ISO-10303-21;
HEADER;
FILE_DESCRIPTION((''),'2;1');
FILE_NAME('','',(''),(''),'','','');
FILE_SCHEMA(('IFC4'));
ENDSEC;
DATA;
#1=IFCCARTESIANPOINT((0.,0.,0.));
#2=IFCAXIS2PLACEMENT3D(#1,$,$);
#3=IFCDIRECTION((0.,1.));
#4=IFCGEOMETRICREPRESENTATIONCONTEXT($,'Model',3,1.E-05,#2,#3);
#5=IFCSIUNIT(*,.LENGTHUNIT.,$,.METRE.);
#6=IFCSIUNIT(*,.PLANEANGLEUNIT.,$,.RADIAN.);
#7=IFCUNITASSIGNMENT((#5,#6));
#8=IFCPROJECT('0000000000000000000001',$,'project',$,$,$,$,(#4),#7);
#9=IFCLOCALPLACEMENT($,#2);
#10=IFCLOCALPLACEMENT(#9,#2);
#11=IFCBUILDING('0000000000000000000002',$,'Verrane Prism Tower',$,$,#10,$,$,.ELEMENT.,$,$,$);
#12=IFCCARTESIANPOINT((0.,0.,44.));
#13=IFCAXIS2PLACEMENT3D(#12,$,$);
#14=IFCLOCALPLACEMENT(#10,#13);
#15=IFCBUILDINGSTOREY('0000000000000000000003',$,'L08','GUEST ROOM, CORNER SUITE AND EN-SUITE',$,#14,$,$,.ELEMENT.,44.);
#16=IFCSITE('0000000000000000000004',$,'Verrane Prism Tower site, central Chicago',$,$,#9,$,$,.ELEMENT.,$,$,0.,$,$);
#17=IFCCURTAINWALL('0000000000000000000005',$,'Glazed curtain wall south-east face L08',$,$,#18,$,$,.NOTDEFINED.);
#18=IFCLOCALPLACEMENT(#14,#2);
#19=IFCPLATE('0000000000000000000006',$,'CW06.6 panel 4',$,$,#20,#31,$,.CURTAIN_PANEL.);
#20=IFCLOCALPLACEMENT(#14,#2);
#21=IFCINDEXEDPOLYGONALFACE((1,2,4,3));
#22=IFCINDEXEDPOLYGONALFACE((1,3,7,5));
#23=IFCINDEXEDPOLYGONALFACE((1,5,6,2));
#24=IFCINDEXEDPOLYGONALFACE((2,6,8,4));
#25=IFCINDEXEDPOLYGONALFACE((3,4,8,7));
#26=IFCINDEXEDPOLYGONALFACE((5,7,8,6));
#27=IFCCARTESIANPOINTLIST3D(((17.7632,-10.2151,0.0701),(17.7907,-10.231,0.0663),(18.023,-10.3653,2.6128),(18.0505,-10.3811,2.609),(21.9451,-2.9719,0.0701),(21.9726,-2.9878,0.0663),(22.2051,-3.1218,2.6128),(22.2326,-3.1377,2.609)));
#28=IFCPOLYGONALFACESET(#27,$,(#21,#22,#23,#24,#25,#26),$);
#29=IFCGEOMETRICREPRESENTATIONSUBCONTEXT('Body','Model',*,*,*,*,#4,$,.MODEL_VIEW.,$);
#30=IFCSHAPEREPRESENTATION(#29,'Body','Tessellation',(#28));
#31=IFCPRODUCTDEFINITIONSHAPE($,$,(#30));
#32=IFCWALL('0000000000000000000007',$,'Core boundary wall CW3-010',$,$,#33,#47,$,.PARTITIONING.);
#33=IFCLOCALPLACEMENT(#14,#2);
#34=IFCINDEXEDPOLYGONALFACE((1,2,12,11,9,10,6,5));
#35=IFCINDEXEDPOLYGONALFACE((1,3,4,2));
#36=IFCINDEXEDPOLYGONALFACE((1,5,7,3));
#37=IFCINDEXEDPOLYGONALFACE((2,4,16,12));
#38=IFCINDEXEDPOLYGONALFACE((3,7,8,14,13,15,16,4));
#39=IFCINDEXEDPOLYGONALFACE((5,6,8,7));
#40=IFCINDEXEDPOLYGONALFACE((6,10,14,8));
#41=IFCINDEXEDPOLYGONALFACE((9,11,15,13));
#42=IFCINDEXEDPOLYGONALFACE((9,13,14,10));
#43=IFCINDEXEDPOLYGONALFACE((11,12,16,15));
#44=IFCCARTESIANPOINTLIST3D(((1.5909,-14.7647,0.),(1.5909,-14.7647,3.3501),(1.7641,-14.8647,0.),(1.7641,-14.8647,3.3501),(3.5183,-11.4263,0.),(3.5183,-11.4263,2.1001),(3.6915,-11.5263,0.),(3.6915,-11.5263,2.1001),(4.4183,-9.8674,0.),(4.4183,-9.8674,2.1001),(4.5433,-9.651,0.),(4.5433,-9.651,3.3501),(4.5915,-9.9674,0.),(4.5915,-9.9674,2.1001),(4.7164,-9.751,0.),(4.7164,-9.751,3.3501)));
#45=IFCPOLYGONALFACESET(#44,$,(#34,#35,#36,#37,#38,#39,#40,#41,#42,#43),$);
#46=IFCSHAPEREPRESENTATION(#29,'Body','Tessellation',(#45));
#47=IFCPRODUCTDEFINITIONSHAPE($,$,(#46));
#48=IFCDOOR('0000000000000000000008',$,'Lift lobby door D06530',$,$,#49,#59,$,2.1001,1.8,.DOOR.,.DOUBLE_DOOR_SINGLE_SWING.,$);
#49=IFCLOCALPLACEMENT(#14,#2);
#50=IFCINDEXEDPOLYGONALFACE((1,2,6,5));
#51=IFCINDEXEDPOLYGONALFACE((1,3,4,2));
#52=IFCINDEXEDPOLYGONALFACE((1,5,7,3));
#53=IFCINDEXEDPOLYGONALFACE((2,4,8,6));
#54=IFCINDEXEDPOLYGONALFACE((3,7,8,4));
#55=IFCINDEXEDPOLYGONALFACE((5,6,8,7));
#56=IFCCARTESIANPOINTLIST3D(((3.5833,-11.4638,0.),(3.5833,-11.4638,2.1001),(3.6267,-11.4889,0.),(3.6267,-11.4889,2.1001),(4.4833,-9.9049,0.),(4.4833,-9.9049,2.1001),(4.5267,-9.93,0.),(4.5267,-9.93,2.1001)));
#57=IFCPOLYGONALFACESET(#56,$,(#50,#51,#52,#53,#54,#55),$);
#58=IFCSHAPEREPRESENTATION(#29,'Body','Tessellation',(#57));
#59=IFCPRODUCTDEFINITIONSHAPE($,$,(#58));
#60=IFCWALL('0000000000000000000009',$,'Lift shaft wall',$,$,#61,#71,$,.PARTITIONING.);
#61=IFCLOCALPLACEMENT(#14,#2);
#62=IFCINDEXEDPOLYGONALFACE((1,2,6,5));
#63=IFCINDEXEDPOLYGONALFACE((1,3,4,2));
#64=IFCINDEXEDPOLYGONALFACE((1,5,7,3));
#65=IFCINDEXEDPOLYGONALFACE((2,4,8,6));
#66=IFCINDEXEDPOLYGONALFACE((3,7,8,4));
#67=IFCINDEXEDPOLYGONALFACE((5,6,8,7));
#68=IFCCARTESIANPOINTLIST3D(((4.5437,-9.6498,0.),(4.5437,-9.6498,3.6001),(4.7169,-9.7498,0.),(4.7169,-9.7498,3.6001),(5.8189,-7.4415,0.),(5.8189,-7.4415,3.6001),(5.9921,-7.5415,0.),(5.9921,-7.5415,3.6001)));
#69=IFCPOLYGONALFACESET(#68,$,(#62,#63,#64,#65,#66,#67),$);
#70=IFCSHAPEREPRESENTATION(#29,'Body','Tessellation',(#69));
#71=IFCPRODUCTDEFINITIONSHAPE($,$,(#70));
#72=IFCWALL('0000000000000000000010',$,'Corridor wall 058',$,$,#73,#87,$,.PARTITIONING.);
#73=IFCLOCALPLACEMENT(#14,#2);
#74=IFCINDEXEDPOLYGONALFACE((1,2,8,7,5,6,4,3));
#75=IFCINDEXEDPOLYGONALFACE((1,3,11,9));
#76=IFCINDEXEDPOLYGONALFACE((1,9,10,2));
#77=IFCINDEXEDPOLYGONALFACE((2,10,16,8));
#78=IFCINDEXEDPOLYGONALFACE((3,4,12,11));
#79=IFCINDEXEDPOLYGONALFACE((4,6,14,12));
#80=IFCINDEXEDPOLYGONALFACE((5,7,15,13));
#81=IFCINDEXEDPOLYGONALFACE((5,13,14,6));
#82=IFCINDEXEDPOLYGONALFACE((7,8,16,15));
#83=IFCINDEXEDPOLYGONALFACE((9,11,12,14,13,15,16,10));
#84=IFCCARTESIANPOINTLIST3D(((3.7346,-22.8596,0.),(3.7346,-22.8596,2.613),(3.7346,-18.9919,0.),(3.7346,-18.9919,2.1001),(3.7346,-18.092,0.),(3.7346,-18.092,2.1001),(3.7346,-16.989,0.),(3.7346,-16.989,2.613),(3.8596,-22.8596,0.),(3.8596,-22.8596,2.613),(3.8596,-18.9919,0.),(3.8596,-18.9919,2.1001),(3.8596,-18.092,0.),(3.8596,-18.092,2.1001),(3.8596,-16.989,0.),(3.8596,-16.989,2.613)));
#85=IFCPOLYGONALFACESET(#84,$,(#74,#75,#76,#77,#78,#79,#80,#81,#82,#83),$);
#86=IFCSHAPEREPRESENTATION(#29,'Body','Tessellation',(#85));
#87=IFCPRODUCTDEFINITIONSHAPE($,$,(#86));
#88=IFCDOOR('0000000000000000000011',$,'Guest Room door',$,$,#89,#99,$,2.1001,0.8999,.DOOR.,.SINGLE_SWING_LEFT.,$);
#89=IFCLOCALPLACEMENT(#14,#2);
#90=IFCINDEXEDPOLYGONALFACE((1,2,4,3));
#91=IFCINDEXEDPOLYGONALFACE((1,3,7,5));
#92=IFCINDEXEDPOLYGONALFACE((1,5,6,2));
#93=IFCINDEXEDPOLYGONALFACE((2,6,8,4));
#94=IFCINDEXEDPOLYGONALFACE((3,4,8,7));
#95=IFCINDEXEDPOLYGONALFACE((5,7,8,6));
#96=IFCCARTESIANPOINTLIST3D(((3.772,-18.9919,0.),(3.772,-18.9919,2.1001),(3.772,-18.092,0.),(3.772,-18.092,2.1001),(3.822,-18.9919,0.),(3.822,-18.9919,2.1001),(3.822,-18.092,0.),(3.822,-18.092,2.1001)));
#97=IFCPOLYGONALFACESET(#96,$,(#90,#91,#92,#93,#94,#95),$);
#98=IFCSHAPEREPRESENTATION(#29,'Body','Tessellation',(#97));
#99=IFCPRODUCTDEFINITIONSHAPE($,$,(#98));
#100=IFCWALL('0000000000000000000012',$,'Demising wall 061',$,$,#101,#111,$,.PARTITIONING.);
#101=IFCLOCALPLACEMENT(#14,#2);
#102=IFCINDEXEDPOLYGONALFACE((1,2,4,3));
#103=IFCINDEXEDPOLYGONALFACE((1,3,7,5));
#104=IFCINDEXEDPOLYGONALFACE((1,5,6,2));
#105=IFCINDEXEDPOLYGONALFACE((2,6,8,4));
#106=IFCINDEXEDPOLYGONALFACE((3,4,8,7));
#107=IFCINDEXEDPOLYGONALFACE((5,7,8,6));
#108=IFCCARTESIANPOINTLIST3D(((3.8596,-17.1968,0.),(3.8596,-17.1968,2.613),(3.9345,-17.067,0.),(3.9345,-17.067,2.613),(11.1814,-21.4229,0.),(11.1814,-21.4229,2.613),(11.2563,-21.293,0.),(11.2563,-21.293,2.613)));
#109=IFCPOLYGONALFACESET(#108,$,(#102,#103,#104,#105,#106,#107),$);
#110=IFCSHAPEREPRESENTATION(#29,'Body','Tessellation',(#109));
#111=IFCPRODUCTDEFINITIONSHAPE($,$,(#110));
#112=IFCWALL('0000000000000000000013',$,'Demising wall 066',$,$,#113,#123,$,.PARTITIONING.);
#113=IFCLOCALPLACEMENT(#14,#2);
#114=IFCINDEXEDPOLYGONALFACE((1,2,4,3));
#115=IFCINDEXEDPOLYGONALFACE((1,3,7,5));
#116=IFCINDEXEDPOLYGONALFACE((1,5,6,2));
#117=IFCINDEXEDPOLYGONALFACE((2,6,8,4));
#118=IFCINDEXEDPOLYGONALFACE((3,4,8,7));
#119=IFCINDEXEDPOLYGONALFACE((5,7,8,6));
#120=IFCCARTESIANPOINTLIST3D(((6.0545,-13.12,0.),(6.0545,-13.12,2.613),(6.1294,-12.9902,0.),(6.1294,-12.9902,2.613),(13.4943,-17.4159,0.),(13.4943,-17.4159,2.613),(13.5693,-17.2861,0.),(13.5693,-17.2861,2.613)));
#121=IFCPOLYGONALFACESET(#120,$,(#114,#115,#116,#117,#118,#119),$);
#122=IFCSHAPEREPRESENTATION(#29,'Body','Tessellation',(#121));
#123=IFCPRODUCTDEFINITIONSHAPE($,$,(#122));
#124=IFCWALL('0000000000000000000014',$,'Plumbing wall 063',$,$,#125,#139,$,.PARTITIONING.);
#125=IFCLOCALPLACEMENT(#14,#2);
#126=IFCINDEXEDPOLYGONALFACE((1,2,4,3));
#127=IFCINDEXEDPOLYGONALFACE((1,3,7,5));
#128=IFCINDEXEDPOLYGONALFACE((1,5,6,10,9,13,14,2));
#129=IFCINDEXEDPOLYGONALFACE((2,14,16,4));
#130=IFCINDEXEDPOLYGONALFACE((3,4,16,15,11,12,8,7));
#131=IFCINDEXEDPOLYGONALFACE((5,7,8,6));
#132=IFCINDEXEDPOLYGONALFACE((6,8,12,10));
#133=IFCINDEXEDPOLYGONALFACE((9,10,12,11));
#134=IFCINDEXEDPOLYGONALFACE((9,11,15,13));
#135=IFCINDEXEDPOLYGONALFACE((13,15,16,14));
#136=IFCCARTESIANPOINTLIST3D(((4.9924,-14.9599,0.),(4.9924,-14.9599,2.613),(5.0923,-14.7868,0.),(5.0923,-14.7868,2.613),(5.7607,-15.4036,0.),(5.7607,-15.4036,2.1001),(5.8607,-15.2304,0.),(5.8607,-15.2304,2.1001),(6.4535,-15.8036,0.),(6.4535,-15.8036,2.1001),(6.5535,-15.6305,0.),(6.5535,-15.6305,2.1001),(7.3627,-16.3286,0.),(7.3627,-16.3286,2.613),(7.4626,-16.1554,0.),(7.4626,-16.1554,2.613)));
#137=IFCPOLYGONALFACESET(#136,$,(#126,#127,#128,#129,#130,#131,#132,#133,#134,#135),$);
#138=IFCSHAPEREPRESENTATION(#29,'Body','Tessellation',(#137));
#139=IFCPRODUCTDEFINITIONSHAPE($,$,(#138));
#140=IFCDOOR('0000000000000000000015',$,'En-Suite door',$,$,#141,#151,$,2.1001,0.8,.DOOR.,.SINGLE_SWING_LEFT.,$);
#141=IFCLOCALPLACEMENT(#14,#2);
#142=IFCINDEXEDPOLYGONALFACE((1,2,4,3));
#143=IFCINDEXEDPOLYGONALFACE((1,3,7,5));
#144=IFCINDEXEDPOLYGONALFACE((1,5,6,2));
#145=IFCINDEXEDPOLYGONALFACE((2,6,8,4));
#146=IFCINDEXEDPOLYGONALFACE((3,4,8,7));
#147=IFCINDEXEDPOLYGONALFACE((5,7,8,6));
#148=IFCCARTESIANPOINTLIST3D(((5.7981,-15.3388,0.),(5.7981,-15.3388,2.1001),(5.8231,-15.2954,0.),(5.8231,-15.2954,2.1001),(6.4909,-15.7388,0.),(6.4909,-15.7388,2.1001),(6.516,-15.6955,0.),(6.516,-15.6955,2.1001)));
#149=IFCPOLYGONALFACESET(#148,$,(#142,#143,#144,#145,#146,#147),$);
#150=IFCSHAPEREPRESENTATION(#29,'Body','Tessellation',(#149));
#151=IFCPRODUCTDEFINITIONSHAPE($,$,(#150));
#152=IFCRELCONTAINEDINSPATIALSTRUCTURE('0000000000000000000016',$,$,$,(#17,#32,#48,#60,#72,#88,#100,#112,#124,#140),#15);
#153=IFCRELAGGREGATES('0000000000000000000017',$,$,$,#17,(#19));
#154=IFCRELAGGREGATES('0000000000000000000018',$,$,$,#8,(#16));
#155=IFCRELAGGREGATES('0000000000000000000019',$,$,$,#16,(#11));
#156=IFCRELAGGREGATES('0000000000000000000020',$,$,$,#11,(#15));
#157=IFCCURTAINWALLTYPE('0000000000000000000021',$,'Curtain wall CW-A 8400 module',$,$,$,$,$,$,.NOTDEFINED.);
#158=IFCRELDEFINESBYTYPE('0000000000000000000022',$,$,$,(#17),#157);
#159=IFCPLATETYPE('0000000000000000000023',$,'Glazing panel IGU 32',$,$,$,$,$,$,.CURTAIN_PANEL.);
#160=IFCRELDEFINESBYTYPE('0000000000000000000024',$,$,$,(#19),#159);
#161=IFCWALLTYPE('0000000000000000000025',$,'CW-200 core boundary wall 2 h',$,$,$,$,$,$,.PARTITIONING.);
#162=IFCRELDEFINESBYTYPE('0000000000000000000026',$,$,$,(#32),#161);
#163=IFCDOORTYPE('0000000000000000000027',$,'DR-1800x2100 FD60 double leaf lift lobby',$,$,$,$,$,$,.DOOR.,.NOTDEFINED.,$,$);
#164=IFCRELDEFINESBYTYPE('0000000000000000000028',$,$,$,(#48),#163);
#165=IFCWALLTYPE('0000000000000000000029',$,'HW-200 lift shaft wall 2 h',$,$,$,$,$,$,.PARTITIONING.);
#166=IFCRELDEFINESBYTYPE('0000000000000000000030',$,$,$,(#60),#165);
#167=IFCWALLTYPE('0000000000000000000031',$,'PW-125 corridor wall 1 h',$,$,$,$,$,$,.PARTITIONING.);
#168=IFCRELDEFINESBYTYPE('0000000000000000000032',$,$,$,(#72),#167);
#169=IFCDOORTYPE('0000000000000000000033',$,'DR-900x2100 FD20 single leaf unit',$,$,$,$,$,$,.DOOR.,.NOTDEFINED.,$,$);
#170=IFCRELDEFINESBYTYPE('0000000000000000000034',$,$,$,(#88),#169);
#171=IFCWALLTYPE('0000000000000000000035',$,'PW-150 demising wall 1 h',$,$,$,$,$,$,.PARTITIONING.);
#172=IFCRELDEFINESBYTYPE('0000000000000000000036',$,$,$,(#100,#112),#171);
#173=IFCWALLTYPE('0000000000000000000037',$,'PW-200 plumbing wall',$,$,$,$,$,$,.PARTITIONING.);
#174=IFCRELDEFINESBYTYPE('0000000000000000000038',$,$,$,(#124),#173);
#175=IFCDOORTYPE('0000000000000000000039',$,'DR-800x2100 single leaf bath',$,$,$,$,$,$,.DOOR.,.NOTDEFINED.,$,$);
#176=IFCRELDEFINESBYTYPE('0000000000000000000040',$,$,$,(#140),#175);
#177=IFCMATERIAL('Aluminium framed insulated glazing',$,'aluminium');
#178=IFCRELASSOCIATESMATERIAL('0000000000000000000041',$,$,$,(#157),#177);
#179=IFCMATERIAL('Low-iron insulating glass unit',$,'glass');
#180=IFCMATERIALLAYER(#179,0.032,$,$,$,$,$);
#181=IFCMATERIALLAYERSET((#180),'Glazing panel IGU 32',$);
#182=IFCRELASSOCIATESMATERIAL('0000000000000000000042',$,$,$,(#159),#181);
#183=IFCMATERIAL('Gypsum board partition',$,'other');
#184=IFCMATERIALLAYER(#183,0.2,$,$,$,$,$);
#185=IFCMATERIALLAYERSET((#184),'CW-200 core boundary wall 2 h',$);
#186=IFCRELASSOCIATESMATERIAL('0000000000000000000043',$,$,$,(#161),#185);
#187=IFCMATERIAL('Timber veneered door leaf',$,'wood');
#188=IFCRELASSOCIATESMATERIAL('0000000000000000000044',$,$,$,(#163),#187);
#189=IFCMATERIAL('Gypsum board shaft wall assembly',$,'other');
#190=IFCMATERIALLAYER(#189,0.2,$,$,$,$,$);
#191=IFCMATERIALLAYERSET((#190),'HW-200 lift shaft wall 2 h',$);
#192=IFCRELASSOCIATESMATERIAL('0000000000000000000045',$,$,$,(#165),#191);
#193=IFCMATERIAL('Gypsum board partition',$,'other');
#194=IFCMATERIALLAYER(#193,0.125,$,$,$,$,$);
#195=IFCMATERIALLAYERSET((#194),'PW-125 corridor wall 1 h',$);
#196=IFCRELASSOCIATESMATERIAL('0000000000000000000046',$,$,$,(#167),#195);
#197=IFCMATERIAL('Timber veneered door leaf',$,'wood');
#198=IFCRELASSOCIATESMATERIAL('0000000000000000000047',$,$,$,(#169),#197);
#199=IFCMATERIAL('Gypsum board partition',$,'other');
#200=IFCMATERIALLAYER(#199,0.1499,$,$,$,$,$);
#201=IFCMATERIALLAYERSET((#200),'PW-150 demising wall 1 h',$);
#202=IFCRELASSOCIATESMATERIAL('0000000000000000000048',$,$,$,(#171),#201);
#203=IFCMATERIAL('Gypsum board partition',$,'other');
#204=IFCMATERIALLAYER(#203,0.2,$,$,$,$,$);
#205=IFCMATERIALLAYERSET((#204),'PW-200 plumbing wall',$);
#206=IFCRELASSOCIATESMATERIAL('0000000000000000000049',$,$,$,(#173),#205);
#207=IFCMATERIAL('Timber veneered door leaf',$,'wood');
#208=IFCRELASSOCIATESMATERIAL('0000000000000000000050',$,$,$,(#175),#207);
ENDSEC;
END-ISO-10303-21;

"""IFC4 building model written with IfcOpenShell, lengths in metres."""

from ifc_helpers import new_model, si_unit, direction, frame, frame_2d, origin, place, context, subcontext, project, spatial, polyline, rectangle, outline, extrude, material, layer, layer_set, type_object, element, fill, aggregate, save


model = new_model("IFC4")

# Units and contexts
model_context = context("Model", 3, precision=1e-05, world=origin(), true_north=direction((0.0, 1.0)))
body_context = subcontext(model_context, "Body", "Model", "MODEL_VIEW")
ifc_project = project(units=[si_unit("LENGTHUNIT", "METRE"), si_unit("PLANEANGLEUNIT", "RADIAN")], contexts=[model_context])

# Site, building, storey
site_placement = place(None, origin())
site = spatial("IfcSite", under=ifc_project, at=site_placement, Name="Verrane Prism Tower site, central Chicago", CompositionType="ELEMENT", RefElevation=0.0)
building_placement = place(site_placement, origin())
building = spatial("IfcBuilding", under=site, at=building_placement, Name="Verrane Prism Tower", CompositionType="ELEMENT")
storey_placement = place(building_placement, frame((0.0, 0.0, 44.0)))
storey = spatial("IfcBuildingStorey", under=building, at=storey_placement, Name="L08", Description="GUEST ROOM, CORNER SUITE AND EN-SUITE", CompositionType="ELEMENT", Elevation=44.0)

# Curtain wall
ifc_material_1 = material(Name="Aluminium framed insulated glazing", Category="aluminium")
curtain_wall_type = type_object("IfcCurtainWallType", Name="Curtain wall CW-A 8400 module", PredefinedType="NOTDEFINED", material=ifc_material_1)
curtain_wall_placement = place(storey_placement, origin())
curtain_wall = element("IfcCurtainWall", 1, at=curtain_wall_placement, inside=storey, type_object=curtain_wall_type, Name="Glazed curtain wall south-east face L08", PredefinedType="NOTDEFINED")

# Plate
ifc_material_2 = material(Name="Low-iron insulating glass unit", Category="glass")
ifc_layer_1 = layer(ifc_material_2, 0.032)
ifc_layer_set_1 = layer_set([ifc_layer_1], Name="Glazing panel IGU 32")
plate_type = type_object("IfcPlateType", Name="Glazing panel IGU 32", PredefinedType="CURTAIN_PANEL", material=ifc_layer_set_1)
plate_1_placement = place(storey_placement, frame((17.7632, -10.2151, 0.0701), z_axis=(-0.860052, 0.496562, 0.117202), x_axis=(0.500008, 0.866021, -0.000001)))
plate_1 = element("IfcPlate", 2, at=plate_1_placement, type_object=plate_type, Name="CW06.6 panel 4", PredefinedType="CURTAIN_PANEL", context=body_context, shape_type="SweptSolid", body=[
    extrude(outline(polyline([(0.0, 0.0), (8.3637, 0.0), (8.3639, -2.5604), (-0.0001, -2.5604), (0.0, 0.0)])), origin(), (0.0, 0.0, -1.0), 0.032),
])
aggregate(curtain_wall, [plate_1])

# Wall, opening, door
ifc_material_3 = material(Name="Gypsum board partition", Category="other")
ifc_layer_2 = layer(ifc_material_3, 0.2)
ifc_layer_set_2 = layer_set([ifc_layer_2], Name="CW-200 core boundary wall 2 h")
wall_type_1 = type_object("IfcWallType", Name="CW-200 core boundary wall 2 h", PredefinedType="PARTITIONING", material=ifc_layer_set_2)
wall_1_placement = place(storey_placement, frame((1.6775, -14.8147, 0.0), z_axis=(0.0, 0.0, 1.0), x_axis=(0.499994, 0.866029, 0.0)))
wall_1 = element("IfcWall", 3, at=wall_1_placement, inside=storey, type_object=wall_type_1, Name="Core boundary wall CW3-010", PredefinedType="PARTITIONING", context=body_context, shape_type="SweptSolid", body=[
    extrude(rectangle(XDim=5.9048, YDim=0.2, at=frame_2d((2.9524, 0.0))), origin(), (0.0, 0.0, 1.0), 3.3501),
])
opening_1_placement = place(wall_1_placement, frame((3.855, 0.0, 0.0)))
opening_1 = element("IfcOpeningElement", 4, at=opening_1_placement, cuts=wall_1, PredefinedType="OPENING", context=body_context, shape_type="SweptSolid", body=[
    extrude(rectangle(XDim=1.8, YDim=2.1001, at=frame_2d((0.8999, 1.05))), frame((0.0, 0.1099, 0.0), z_axis=(0.0, -1.0, 0.0), x_axis=(1.0, 0.0, 0.0)), (0.0, 0.0, 1.0), 0.22),
])
ifc_material_4 = material(Name="Timber veneered door leaf", Category="wood")
door_type_1 = type_object("IfcDoorType", Name="DR-1800x2100 FD60 double leaf lift lobby", OperationType="NOTDEFINED", PredefinedType="DOOR", material=ifc_material_4)
door_1_placement = place(opening_1_placement, origin())
door_1 = element("IfcDoor", 5, at=door_1_placement, inside=storey, type_object=door_type_1, Name="Lift lobby door D06530", OperationType="DOUBLE_DOOR_SINGLE_SWING", OverallHeight=2.1001, OverallWidth=1.8, PredefinedType="DOOR", context=body_context, shape_type="SweptSolid", body=[
    extrude(rectangle(XDim=1.8, YDim=2.1001, at=frame_2d((0.8999, 1.05))), frame((0.0, 0.0249, 0.0), z_axis=(0.0, -1.0, 0.0), x_axis=(1.0, 0.0, 0.0)), (0.0, 0.0, 1.0), 0.05),
])
fill(opening_1, door_1)

# Wall
ifc_material_5 = material(Name="Gypsum board shaft wall assembly", Category="other")
ifc_layer_3 = layer(ifc_material_5, 0.2)
ifc_layer_set_3 = layer_set([ifc_layer_3], Name="HW-200 lift shaft wall 2 h")
wall_type_2 = type_object("IfcWallType", Name="HW-200 lift shaft wall 2 h", PredefinedType="PARTITIONING", material=ifc_layer_set_3)
wall_2_placement = place(storey_placement, frame((4.6304, -9.6997, 0.0), z_axis=(0.0, 0.0, 1.0), x_axis=(0.500062, 0.865989, 0.0)))
element("IfcWall", 6, at=wall_2_placement, inside=storey, type_object=wall_type_2, Name="Lift shaft wall", PredefinedType="PARTITIONING", context=body_context, shape_type="SweptSolid", body=[
    extrude(rectangle(XDim=2.55, YDim=0.2, at=frame_2d((1.2749, 0.0))), origin(), (0.0, 0.0, 1.0), 3.6001),
])

# Wall, opening, door
ifc_material_6 = material(Name="Gypsum board partition", Category="other")
ifc_layer_4 = layer(ifc_material_6, 0.125)
ifc_layer_set_4 = layer_set([ifc_layer_4], Name="PW-125 corridor wall 1 h")
wall_type_3 = type_object("IfcWallType", Name="PW-125 corridor wall 1 h", PredefinedType="PARTITIONING", material=ifc_layer_set_4)
wall_3_placement = place(storey_placement, frame((3.7971, -16.989, 0.0), z_axis=(0.0, 0.0, 1.0), x_axis=(0.0, -1.0, 0.0)))
wall_3 = element("IfcWall", 7, at=wall_3_placement, inside=storey, type_object=wall_type_3, Name="Corridor wall 058", PredefinedType="PARTITIONING", context=body_context, shape_type="SweptSolid", body=[
    extrude(rectangle(XDim=5.8706, YDim=0.125, at=frame_2d((2.9353, 0.0))), origin(), (0.0, 0.0, 1.0), 2.613),
])
opening_2_placement = place(wall_3_placement, frame((1.103, 0.0, 0.0)))
opening_2 = element("IfcOpeningElement", 8, at=opening_2_placement, cuts=wall_3, PredefinedType="OPENING", context=body_context, shape_type="SweptSolid", body=[
    extrude(rectangle(XDim=0.8999, YDim=2.1001, at=frame_2d((0.45, 1.05))), frame((0.0, 0.0725, 0.0), z_axis=(0.0, -1.0, 0.0), x_axis=(1.0, 0.0, 0.0)), (0.0, 0.0, 1.0), 0.145),
])
ifc_material_7 = material(Name="Timber veneered door leaf", Category="wood")
door_type_2 = type_object("IfcDoorType", Name="DR-900x2100 FD20 single leaf unit", OperationType="NOTDEFINED", PredefinedType="DOOR", material=ifc_material_7)
door_2_placement = place(opening_2_placement, origin())
door_2 = element("IfcDoor", 9, at=door_2_placement, inside=storey, type_object=door_type_2, Name="Guest Room door", OperationType="SINGLE_SWING_LEFT", OverallHeight=2.1001, OverallWidth=0.8999, PredefinedType="DOOR", context=body_context, shape_type="SweptSolid", body=[
    extrude(rectangle(XDim=0.8999, YDim=2.1001, at=frame_2d((0.45, 1.05))), frame((0.0, 0.0249, 0.0), z_axis=(0.0, -1.0, 0.0), x_axis=(1.0, 0.0, 0.0)), (0.0, 0.0, 1.0), 0.05),
])
fill(opening_2, door_2)

# Walls
ifc_material_8 = material(Name="Gypsum board partition", Category="other")
ifc_layer_5 = layer(ifc_material_8, 0.1499)
ifc_layer_set_5 = layer_set([ifc_layer_5], Name="PW-150 demising wall 1 h")
wall_type_4 = type_object("IfcWallType", Name="PW-150 demising wall 1 h", PredefinedType="PARTITIONING", material=ifc_layer_set_5)
wall_4_placement = place(storey_placement, frame((3.897, -17.1318, 0.0), z_axis=(0.0, 0.0, 1.0), x_axis=(0.866085, -0.499897, 0.0)))
element("IfcWall", 10, at=wall_4_placement, inside=storey, type_object=wall_type_4, Name="Demising wall 061", PredefinedType="PARTITIONING", context=body_context, shape_type="SweptSolid", body=[
    extrude(rectangle(XDim=8.4539, YDim=0.1499, at=frame_2d((4.2271, 0.0))), origin(), (0.0, 0.0, 1.0), 2.613),
])
wall_5_placement = place(storey_placement, frame((6.092, -13.0552, 0.0), z_axis=(0.0, 0.0, 1.0), x_axis=(0.866003, -0.500039, 0.0)))
element("IfcWall", 11, at=wall_5_placement, inside=storey, type_object=wall_type_4, Name="Demising wall 066", PredefinedType="PARTITIONING", context=body_context, shape_type="SweptSolid", body=[
    extrude(rectangle(XDim=8.5911, YDim=0.1499, at=frame_2d((4.2954, 0.0))), origin(), (0.0, 0.0, 1.0), 2.613),
])

# Wall, opening, door
ifc_material_9 = material(Name="Gypsum board partition", Category="other")
ifc_layer_6 = layer(ifc_material_9, 0.2)
ifc_layer_set_6 = layer_set([ifc_layer_6], Name="PW-200 plumbing wall")
wall_type_5 = type_object("IfcWallType", Name="PW-200 plumbing wall", PredefinedType="PARTITIONING", material=ifc_layer_set_6)
wall_6_placement = place(storey_placement, frame((5.0422, -14.8733, 0.0), z_axis=(0.0, 0.0, 1.0), x_axis=(0.866006, -0.500034, 0.0)))
wall_6 = element("IfcWall", 12, at=wall_6_placement, inside=storey, type_object=wall_type_5, Name="Plumbing wall 063", PredefinedType="PARTITIONING", context=body_context, shape_type="SweptSolid", body=[
    extrude(rectangle(XDim=2.7371, YDim=0.2, at=frame_2d((1.3687, 0.0))), origin(), (0.0, 0.0, 1.0), 2.613),
])
opening_3_placement = place(wall_6_placement, frame((0.8875, 0.0, 0.0)))
opening_3 = element("IfcOpeningElement", 13, at=opening_3_placement, cuts=wall_6, PredefinedType="OPENING", context=body_context, shape_type="SweptSolid", body=[
    extrude(rectangle(XDim=0.8, YDim=2.1001, at=frame_2d((0.3999, 1.05))), frame((0.0, 0.1099, 0.0), z_axis=(0.0, -1.0, 0.0), x_axis=(1.0, 0.0, 0.0)), (0.0, 0.0, 1.0), 0.22),
])
ifc_material_10 = material(Name="Timber veneered door leaf", Category="wood")
door_type_3 = type_object("IfcDoorType", Name="DR-800x2100 single leaf bath", OperationType="NOTDEFINED", PredefinedType="DOOR", material=ifc_material_10)
door_3_placement = place(opening_3_placement, origin())
door_3 = element("IfcDoor", 14, at=door_3_placement, inside=storey, type_object=door_type_3, Name="En-Suite door", OperationType="SINGLE_SWING_LEFT", OverallHeight=2.1001, OverallWidth=0.8, PredefinedType="DOOR", context=body_context, shape_type="SweptSolid", body=[
    extrude(rectangle(XDim=0.8, YDim=2.1001, at=frame_2d((0.3999, 1.05))), frame((0.0, 0.0249, 0.0), z_axis=(0.0, -1.0, 0.0), x_axis=(1.0, 0.0, 0.0)), (0.0, 0.0, 1.0), 0.05),
])
fill(opening_3, door_3)

save(model, "model.ifc")
